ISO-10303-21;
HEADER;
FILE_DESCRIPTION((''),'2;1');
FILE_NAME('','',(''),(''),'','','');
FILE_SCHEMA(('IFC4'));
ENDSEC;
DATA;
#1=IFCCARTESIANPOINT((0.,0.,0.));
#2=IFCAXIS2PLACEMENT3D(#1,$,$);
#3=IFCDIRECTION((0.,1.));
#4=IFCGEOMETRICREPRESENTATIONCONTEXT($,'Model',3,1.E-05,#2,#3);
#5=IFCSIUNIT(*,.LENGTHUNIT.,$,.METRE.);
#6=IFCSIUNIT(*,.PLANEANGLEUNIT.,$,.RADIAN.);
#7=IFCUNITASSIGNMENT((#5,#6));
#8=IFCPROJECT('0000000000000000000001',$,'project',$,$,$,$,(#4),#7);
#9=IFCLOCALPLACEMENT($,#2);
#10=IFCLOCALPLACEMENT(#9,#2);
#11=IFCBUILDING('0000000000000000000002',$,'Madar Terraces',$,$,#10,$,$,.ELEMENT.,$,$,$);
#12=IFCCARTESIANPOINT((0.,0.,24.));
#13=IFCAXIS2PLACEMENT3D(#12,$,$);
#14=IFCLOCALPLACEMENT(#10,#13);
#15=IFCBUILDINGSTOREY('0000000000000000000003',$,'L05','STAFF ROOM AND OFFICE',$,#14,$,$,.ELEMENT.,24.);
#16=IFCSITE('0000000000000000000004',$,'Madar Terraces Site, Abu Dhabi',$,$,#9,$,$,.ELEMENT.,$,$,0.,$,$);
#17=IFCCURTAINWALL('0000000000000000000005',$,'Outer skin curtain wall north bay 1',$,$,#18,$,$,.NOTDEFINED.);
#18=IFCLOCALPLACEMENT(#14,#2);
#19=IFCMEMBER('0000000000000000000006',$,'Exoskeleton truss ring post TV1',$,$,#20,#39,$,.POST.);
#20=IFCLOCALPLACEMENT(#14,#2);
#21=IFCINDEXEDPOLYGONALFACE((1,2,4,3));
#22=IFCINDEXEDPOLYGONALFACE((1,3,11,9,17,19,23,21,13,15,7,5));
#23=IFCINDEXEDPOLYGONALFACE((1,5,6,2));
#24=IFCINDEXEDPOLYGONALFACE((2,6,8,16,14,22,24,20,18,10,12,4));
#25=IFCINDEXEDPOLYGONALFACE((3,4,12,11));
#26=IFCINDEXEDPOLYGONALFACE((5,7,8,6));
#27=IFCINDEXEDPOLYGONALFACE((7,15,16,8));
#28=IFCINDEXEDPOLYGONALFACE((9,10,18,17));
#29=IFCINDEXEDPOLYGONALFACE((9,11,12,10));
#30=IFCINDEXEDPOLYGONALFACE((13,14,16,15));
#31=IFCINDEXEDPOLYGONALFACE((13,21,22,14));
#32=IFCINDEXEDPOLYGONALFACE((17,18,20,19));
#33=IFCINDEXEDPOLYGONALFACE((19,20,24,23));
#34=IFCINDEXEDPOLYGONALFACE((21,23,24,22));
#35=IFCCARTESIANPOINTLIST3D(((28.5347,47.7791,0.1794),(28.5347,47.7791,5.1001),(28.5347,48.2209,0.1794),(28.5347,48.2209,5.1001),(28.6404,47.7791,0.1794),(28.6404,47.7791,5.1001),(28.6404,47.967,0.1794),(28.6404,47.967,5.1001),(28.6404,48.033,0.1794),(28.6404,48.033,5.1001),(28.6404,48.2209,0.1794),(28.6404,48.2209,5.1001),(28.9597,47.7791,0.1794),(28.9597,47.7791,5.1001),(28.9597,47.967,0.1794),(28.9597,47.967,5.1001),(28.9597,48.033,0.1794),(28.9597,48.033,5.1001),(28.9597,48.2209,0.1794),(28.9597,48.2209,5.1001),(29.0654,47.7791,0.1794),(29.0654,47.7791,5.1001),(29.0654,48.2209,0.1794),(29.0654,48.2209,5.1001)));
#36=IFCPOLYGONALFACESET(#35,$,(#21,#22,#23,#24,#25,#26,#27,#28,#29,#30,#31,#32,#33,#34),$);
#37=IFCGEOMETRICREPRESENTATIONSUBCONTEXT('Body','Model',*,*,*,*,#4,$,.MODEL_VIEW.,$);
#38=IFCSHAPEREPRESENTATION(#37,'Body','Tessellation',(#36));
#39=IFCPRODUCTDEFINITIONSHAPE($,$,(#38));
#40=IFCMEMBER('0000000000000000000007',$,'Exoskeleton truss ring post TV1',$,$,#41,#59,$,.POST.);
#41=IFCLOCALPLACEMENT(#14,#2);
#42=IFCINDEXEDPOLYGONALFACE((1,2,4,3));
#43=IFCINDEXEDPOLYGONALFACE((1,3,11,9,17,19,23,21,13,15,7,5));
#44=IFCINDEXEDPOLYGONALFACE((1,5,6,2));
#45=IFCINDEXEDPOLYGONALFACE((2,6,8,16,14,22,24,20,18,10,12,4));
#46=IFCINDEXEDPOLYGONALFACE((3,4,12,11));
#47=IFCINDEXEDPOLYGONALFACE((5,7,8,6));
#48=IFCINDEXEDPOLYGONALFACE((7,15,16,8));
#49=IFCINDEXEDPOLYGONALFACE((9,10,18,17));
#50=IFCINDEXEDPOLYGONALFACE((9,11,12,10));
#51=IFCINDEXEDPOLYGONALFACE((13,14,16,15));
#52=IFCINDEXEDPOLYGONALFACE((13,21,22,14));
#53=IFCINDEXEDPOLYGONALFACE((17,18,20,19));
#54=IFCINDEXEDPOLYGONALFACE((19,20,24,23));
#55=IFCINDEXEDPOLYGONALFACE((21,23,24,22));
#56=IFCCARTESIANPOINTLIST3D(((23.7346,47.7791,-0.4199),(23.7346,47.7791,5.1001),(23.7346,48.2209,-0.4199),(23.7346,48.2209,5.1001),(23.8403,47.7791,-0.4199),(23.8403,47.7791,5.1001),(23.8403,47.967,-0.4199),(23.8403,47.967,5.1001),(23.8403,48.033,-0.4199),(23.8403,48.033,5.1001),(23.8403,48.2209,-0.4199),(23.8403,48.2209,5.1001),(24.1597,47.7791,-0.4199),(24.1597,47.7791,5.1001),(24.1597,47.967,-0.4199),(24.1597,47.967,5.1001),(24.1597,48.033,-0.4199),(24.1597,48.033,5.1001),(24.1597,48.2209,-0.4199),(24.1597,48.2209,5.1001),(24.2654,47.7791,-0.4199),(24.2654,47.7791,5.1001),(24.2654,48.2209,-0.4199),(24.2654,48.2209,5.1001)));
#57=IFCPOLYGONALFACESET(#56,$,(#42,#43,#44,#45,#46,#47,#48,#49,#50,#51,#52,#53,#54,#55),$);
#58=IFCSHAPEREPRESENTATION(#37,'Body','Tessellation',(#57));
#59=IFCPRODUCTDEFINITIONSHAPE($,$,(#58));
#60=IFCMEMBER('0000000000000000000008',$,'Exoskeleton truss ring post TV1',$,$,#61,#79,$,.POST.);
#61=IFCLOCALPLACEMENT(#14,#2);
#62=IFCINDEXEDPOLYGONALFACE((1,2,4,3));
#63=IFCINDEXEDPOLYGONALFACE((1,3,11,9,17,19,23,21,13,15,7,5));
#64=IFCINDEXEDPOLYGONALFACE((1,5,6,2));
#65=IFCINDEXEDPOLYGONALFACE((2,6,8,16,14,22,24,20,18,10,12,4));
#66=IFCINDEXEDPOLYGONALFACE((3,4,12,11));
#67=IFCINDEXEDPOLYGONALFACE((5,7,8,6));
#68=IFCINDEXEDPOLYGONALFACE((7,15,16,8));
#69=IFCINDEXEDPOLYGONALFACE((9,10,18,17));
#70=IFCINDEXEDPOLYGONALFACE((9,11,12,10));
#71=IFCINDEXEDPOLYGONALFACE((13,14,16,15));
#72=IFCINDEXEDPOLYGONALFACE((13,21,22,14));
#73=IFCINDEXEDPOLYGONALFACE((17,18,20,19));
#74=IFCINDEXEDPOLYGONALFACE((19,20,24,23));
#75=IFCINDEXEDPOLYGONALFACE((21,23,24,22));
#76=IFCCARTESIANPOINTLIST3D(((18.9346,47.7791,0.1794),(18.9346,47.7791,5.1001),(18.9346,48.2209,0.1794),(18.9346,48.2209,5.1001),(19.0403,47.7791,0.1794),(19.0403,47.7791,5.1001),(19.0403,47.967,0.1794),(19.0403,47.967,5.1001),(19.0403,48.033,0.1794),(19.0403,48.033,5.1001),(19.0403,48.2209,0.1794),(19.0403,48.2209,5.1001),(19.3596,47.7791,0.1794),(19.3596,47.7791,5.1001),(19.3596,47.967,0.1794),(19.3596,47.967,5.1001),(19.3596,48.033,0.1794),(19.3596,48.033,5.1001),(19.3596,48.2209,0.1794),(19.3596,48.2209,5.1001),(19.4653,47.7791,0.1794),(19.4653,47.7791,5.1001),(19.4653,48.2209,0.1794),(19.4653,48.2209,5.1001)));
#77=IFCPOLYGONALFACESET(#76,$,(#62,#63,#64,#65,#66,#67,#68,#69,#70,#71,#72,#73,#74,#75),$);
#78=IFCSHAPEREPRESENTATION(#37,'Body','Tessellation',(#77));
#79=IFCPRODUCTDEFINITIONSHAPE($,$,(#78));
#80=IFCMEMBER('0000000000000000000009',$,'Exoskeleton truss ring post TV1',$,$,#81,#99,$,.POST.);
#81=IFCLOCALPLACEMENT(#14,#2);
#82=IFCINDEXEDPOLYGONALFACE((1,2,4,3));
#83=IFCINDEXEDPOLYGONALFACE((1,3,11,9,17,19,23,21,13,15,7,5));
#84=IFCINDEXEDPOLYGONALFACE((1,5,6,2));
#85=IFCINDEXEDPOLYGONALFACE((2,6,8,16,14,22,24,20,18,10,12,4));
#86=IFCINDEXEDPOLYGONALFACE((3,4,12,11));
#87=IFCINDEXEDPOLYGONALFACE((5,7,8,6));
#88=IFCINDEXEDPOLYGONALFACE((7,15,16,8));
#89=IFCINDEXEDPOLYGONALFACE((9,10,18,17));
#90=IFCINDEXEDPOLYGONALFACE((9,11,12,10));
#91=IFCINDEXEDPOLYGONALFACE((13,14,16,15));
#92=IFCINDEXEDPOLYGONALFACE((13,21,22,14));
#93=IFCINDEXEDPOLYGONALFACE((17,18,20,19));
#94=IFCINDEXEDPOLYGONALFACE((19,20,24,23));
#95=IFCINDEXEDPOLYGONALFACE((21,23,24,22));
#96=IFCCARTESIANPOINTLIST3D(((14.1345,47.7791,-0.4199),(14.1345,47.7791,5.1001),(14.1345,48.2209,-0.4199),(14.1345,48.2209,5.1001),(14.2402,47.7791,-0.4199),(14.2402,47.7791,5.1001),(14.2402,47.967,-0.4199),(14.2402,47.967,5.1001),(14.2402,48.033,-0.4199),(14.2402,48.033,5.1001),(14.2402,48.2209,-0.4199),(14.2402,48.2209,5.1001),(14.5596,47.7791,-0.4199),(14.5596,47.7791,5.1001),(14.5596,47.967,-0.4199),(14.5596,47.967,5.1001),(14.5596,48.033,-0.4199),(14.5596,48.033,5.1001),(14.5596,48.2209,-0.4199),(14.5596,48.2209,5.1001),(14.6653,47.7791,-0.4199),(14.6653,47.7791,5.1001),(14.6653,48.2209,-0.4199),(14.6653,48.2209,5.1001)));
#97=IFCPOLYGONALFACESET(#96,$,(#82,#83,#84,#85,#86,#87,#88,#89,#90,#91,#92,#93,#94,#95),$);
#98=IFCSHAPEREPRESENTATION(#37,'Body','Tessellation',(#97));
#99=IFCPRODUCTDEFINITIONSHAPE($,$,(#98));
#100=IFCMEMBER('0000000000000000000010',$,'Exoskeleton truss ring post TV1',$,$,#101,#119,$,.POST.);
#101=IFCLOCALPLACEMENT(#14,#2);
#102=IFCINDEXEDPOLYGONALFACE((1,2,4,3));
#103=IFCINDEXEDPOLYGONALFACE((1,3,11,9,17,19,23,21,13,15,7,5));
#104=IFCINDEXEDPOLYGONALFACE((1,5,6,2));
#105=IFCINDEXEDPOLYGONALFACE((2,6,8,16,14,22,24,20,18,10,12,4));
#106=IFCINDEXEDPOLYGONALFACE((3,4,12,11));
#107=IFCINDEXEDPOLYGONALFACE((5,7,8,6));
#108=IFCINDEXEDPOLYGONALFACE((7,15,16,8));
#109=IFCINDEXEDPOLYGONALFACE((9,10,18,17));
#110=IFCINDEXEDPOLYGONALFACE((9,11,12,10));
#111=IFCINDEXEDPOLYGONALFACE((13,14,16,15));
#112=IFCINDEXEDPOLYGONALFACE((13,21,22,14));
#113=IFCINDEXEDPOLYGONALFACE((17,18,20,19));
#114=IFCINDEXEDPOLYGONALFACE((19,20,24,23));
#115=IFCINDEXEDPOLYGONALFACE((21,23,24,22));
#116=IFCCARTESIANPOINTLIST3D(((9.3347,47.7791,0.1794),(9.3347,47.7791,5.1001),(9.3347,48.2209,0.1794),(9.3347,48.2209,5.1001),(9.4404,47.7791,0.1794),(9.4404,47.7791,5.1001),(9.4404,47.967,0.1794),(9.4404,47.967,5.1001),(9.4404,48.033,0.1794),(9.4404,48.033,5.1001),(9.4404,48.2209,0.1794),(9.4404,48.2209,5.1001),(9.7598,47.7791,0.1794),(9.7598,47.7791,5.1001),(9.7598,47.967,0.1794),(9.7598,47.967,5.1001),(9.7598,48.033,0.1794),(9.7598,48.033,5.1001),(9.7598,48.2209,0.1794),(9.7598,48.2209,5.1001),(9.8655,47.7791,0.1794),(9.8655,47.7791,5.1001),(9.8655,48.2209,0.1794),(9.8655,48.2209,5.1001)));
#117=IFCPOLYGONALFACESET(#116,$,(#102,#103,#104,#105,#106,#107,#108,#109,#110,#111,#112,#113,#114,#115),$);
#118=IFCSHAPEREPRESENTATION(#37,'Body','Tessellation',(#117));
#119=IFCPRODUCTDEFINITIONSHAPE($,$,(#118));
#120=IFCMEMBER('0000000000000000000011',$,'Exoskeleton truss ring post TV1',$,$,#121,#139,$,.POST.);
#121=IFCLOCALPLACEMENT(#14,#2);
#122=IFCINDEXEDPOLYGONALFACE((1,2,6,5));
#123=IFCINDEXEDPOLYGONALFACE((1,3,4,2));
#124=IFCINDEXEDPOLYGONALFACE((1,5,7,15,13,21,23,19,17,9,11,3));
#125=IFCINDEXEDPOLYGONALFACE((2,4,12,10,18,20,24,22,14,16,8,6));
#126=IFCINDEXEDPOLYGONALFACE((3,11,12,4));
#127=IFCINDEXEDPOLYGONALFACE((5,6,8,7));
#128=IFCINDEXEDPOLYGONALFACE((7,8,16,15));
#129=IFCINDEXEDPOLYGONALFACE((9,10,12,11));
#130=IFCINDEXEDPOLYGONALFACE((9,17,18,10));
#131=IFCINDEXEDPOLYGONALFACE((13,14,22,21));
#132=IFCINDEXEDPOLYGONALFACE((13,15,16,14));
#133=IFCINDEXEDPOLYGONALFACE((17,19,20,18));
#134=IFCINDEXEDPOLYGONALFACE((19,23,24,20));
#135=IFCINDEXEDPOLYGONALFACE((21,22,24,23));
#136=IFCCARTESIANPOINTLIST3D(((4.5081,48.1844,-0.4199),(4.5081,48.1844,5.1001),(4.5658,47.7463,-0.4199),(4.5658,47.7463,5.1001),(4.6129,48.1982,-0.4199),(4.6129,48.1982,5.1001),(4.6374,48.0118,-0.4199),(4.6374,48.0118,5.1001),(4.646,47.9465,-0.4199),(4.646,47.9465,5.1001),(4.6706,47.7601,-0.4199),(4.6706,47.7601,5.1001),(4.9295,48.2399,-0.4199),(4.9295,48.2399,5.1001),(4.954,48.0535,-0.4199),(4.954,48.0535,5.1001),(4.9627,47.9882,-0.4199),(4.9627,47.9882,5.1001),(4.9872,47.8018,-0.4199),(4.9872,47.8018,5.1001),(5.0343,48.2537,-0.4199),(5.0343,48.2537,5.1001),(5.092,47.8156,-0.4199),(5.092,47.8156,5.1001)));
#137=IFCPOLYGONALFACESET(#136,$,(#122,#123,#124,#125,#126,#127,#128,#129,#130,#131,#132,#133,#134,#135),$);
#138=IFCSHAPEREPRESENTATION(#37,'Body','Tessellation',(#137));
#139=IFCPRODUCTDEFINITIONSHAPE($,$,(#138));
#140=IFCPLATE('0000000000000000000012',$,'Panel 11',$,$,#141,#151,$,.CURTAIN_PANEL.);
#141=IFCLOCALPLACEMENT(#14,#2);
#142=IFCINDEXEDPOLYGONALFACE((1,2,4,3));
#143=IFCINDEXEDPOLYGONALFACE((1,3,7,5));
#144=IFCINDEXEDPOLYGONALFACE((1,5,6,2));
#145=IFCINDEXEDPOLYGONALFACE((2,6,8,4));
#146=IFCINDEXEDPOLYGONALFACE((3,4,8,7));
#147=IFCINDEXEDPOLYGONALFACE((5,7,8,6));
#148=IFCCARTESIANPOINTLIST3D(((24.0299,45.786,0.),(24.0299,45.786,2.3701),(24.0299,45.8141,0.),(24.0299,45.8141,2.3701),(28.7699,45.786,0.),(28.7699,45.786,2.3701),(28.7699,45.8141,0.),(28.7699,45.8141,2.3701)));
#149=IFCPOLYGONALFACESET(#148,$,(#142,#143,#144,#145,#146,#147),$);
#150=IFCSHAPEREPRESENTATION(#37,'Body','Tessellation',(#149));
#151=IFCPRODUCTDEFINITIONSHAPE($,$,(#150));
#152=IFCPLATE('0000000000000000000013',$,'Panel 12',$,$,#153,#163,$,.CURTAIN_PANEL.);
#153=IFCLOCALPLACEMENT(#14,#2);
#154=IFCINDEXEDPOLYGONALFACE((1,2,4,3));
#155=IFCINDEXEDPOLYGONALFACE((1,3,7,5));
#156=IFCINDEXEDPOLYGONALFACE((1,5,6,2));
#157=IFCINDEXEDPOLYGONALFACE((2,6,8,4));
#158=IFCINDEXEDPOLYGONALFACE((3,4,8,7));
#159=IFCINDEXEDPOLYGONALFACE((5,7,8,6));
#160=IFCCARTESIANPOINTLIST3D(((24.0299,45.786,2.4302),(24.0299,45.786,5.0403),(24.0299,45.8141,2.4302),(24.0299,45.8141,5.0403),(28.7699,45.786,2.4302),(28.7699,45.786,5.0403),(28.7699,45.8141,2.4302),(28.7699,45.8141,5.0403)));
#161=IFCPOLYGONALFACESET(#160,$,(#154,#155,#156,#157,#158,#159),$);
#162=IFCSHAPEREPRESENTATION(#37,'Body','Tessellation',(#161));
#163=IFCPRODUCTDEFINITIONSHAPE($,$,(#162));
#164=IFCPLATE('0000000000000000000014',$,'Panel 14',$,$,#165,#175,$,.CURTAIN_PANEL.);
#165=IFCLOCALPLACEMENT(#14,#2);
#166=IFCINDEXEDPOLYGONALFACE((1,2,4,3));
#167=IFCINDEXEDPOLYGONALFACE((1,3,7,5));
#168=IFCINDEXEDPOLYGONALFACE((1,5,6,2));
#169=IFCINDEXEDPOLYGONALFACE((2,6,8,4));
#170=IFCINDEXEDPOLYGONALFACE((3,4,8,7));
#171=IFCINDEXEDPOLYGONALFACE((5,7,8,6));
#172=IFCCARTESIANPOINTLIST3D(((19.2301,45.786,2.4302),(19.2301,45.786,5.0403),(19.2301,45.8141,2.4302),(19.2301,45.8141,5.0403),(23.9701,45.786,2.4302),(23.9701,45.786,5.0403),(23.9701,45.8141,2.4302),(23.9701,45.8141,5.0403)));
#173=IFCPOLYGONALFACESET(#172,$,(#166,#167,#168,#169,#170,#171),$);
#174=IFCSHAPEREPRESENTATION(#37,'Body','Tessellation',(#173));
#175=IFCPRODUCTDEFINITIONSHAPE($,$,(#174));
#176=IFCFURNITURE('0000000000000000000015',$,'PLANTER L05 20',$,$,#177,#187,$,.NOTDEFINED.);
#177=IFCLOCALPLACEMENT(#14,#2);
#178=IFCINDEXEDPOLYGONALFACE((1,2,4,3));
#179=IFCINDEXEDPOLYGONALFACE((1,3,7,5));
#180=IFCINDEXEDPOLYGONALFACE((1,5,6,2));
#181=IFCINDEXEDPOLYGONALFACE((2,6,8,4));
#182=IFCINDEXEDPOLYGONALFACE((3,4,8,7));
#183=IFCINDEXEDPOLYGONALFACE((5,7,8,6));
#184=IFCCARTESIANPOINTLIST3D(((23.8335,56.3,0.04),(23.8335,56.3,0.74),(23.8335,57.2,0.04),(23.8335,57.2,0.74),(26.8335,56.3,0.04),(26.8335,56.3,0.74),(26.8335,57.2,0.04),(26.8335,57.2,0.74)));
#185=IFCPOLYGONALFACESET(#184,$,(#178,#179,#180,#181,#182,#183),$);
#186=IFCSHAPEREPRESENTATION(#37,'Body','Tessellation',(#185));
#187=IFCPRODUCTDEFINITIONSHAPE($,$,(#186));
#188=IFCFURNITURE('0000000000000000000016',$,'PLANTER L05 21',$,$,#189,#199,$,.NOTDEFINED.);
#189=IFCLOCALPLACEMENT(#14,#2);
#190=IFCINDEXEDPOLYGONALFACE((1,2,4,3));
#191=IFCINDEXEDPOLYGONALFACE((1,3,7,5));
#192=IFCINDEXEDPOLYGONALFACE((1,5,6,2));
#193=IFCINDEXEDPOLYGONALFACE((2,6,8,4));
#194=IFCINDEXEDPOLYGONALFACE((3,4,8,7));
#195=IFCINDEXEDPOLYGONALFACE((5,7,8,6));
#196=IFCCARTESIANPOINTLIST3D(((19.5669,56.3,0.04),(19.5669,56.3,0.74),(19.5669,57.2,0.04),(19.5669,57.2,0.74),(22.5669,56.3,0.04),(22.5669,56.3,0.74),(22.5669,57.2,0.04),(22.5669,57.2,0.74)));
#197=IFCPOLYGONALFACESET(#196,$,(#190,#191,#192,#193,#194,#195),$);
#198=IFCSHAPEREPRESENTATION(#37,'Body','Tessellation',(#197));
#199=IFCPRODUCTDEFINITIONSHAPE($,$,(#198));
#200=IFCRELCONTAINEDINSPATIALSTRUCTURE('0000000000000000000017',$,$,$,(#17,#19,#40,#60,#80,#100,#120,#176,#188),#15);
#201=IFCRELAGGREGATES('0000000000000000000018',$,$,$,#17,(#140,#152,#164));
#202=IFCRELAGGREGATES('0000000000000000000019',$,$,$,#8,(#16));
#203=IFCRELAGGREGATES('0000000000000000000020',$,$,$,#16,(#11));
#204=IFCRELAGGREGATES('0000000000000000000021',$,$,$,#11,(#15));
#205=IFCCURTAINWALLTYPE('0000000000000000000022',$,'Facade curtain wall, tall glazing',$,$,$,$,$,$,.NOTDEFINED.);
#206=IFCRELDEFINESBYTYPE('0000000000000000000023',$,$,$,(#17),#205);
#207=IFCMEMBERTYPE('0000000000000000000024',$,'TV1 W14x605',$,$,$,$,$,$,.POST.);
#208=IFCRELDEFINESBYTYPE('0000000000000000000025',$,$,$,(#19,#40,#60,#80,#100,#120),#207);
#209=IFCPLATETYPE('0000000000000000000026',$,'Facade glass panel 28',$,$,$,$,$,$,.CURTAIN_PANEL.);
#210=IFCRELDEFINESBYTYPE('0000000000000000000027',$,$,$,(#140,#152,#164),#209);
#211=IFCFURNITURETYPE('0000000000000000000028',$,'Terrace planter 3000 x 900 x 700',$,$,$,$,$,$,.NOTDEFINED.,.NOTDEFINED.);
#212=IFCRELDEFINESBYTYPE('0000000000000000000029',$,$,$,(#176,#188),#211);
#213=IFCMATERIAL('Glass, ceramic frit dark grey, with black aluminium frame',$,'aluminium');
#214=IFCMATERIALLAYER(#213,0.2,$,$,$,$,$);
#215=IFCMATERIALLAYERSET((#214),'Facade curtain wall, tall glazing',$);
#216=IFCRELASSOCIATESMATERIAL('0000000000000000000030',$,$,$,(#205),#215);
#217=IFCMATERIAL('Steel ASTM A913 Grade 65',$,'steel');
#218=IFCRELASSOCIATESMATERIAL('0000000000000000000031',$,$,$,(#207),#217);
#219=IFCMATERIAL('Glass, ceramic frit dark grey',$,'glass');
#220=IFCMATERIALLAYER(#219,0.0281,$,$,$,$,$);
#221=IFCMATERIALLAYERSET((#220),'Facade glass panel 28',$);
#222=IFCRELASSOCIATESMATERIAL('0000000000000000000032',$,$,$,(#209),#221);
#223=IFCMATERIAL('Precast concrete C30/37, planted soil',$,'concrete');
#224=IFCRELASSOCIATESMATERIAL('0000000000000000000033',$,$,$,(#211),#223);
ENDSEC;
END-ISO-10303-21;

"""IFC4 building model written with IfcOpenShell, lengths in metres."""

from ifc_helpers import new_model, si_unit, direction, frame, origin, origin_2d, place, context, subcontext, project, spatial, rectangle, i_section, extrude, material, layer, layer_set, material_profile, profile_set, type_object, element, aggregate, save


model = new_model("IFC4")

# Units and contexts
model_context = context("Model", 3, precision=1e-05, world=origin(), true_north=direction((0.0, 1.0)))
body_context = subcontext(model_context, "Body", "Model", "MODEL_VIEW")
ifc_project = project(units=[si_unit("LENGTHUNIT", "METRE"), si_unit("PLANEANGLEUNIT", "RADIAN")], contexts=[model_context])

# Site, building, storey
site_placement = place(None, origin())
site = spatial("IfcSite", under=ifc_project, at=site_placement, Name="Madar Terraces Site, Abu Dhabi", CompositionType="ELEMENT", RefElevation=0.0)
building_placement = place(site_placement, origin())
building = spatial("IfcBuilding", under=site, at=building_placement, Name="Madar Terraces", CompositionType="ELEMENT")
storey_placement = place(building_placement, frame((0.0, 0.0, 24.0)))
storey = spatial("IfcBuildingStorey", under=building, at=storey_placement, Name="L05", Description="STAFF ROOM AND OFFICE", CompositionType="ELEMENT", Elevation=24.0)

# Curtain wall
ifc_material_1 = material(Name="Glass, ceramic frit dark grey, with black aluminium frame", Category="aluminium")
ifc_layer_1 = layer(ifc_material_1, 0.2)
ifc_layer_set_1 = layer_set([ifc_layer_1], Name="Facade curtain wall, tall glazing")
curtain_wall_type = type_object("IfcCurtainWallType", Name="Facade curtain wall, tall glazing", PredefinedType="NOTDEFINED", material=ifc_layer_set_1)
curtain_wall_1_placement = place(storey_placement, origin())
curtain_wall_1 = element("IfcCurtainWall", 1, at=curtain_wall_1_placement, inside=storey, type_object=curtain_wall_type, Name="Outer skin curtain wall north bay 1", PredefinedType="NOTDEFINED")

# Members
ifc_material_2 = material(Name="Steel ASTM A913 Grade 65", Category="steel")
ifc_material_profile_1 = material_profile(ifc_material_2, i_section(OverallWidth=0.4419, OverallDepth=0.5308, WebThickness=0.0659, FlangeThickness=0.1057, at=origin_2d()), Name="W14x605")
ifc_profile_set_1 = profile_set([ifc_material_profile_1], Name="Steel ASTM A913 Grade 65")
member_type_1 = type_object("IfcMemberType", Name="TV1 W14x605", PredefinedType="POST", material=ifc_profile_set_1)
member_1_placement = place(storey_placement, frame((28.8, 48.0, 0.1794), z_axis=(0.0, 0.0, 1.0), x_axis=(0.0, -1.0, 0.0)))
element("IfcMember", 2, at=member_1_placement, inside=storey, type_object=member_type_1, Name="Exoskeleton truss ring post TV1", PredefinedType="POST", context=body_context, shape_type="SweptSolid", body=[
    extrude(i_section(OverallWidth=0.4419, OverallDepth=0.5308, WebThickness=0.0659, FlangeThickness=0.1057, at=origin_2d()), origin(), (0.0, 0.0, 1.0), 4.9207),
])
member_2_placement = place(storey_placement, frame((24.0, 48.0, -0.4199), z_axis=(0.0, 0.0, 1.0), x_axis=(0.0, -1.0, 0.0)))
element("IfcMember", 3, at=member_2_placement, inside=storey, type_object=member_type_1, Name="Exoskeleton truss ring post TV1", PredefinedType="POST", context=body_context, shape_type="SweptSolid", body=[
    extrude(i_section(OverallWidth=0.4419, OverallDepth=0.5308, WebThickness=0.0659, FlangeThickness=0.1057, at=origin_2d()), origin(), (0.0, 0.0, 1.0), 5.52),
])
member_3_placement = place(storey_placement, frame((19.2, 48.0, 0.1794), z_axis=(0.0, 0.0, 1.0), x_axis=(0.0, -1.0, 0.0)))
element("IfcMember", 4, at=member_3_placement, inside=storey, type_object=member_type_1, Name="Exoskeleton truss ring post TV1", PredefinedType="POST", context=body_context, shape_type="SweptSolid", body=[
    extrude(i_section(OverallWidth=0.4419, OverallDepth=0.5308, WebThickness=0.0659, FlangeThickness=0.1057, at=origin_2d()), origin(), (0.0, 0.0, 1.0), 4.9207),
])
member_4_placement = place(storey_placement, frame((14.3999, 48.0, -0.4199), z_axis=(0.0, 0.0, 1.0), x_axis=(0.0, -1.0, 0.0)))
element("IfcMember", 5, at=member_4_placement, inside=storey, type_object=member_type_1, Name="Exoskeleton truss ring post TV1", PredefinedType="POST", context=body_context, shape_type="SweptSolid", body=[
    extrude(i_section(OverallWidth=0.4419, OverallDepth=0.5308, WebThickness=0.0659, FlangeThickness=0.1057, at=origin_2d()), origin(), (0.0, 0.0, 1.0), 5.52),
])
member_5_placement = place(storey_placement, frame((9.6001, 48.0, 0.1794), z_axis=(0.0, 0.0, 1.0), x_axis=(0.0, -1.0, 0.0)))
element("IfcMember", 6, at=member_5_placement, inside=storey, type_object=member_type_1, Name="Exoskeleton truss ring post TV1", PredefinedType="POST", context=body_context, shape_type="SweptSolid", body=[
    extrude(i_section(OverallWidth=0.4419, OverallDepth=0.5308, WebThickness=0.0659, FlangeThickness=0.1057, at=origin_2d()), origin(), (0.0, 0.0, 1.0), 4.9207),
])
member_6_placement = place(storey_placement, frame((4.8, 48.0, -0.4199), z_axis=(0.0, 0.0, 1.0), x_axis=(0.130526, -0.991445, 0.0)))
element("IfcMember", 7, at=member_6_placement, inside=storey, type_object=member_type_1, Name="Exoskeleton truss ring post TV1", PredefinedType="POST", context=body_context, shape_type="SweptSolid", body=[
    extrude(i_section(OverallWidth=0.4419, OverallDepth=0.5308, WebThickness=0.0659, FlangeThickness=0.1057, at=origin_2d()), origin(), (0.0, 0.0, 1.0), 5.52),
])

# Plates
ifc_material_3 = material(Name="Glass, ceramic frit dark grey", Category="glass")
ifc_layer_2 = layer(ifc_material_3, 0.0281)
ifc_layer_set_2 = layer_set([ifc_layer_2], Name="Facade glass panel 28")
plate_type = type_object("IfcPlateType", Name="Facade glass panel 28", PredefinedType="CURTAIN_PANEL", material=ifc_layer_set_2)
plate_1_placement = place(storey_placement, frame((26.3999, 45.8, 0.0), z_axis=(0.0, 0.0, 1.0), x_axis=(-1.0, 0.0, 0.0)))
plate_1 = element("IfcPlate", 8, at=plate_1_placement, type_object=plate_type, Name="Panel 11", PredefinedType="CURTAIN_PANEL", context=body_context, shape_type="SweptSolid", body=[
    extrude(rectangle(XDim=4.74, YDim=0.0281, at=origin_2d()), origin(), (0.0, 0.0, 1.0), 2.3701),
])
plate_2_placement = place(storey_placement, frame((26.3999, 45.8, 2.4302), z_axis=(0.0, 0.0, 1.0), x_axis=(-1.0, 0.0, 0.0)))
plate_2 = element("IfcPlate", 9, at=plate_2_placement, type_object=plate_type, Name="Panel 12", PredefinedType="CURTAIN_PANEL", context=body_context, shape_type="SweptSolid", body=[
    extrude(rectangle(XDim=4.74, YDim=0.0281, at=origin_2d()), origin(), (0.0, 0.0, 1.0), 2.6101),
])
plate_3_placement = place(storey_placement, frame((21.6001, 45.8, 2.4302), z_axis=(0.0, 0.0, 1.0), x_axis=(-1.0, 0.0, 0.0)))
plate_3 = element("IfcPlate", 10, at=plate_3_placement, type_object=plate_type, Name="Panel 14", PredefinedType="CURTAIN_PANEL", context=body_context, shape_type="SweptSolid", body=[
    extrude(rectangle(XDim=4.74, YDim=0.0281, at=origin_2d()), origin(), (0.0, 0.0, 1.0), 2.6101),
])
aggregate(curtain_wall_1, [plate_1, plate_2, plate_3])

# Furniture
ifc_material_4 = material(Name="Precast concrete C30/37, planted soil", Category="concrete")
furniture_type = type_object("IfcFurnitureType", Name="Terrace planter 3000 x 900 x 700", AssemblyPlace="NOTDEFINED", PredefinedType="NOTDEFINED", material=ifc_material_4)
for number, where, z_axis, x_axis, name in (
    (11, (25.3335, 56.75, 0.04), (0.0, 0.0, 1.0), (-1.0, 0.0, 0.0), "PLANTER L05 20"),
    (12, (21.0669, 56.75, 0.04), (0.0, 0.0, 1.0), (-1.0, 0.0, 0.0), "PLANTER L05 21"),
):
    element("IfcFurniture", number, at=place(storey_placement, frame(where, z_axis=z_axis, x_axis=x_axis)), inside=storey, type_object=furniture_type, Name=name, PredefinedType="NOTDEFINED", context=body_context, shape_type="SweptSolid", body=[
        extrude(rectangle(XDim=3.0, YDim=0.8999, at=origin_2d()), origin(), (0.0, 0.0, 1.0), 0.7),
    ])

save(model, "model.ifc")
